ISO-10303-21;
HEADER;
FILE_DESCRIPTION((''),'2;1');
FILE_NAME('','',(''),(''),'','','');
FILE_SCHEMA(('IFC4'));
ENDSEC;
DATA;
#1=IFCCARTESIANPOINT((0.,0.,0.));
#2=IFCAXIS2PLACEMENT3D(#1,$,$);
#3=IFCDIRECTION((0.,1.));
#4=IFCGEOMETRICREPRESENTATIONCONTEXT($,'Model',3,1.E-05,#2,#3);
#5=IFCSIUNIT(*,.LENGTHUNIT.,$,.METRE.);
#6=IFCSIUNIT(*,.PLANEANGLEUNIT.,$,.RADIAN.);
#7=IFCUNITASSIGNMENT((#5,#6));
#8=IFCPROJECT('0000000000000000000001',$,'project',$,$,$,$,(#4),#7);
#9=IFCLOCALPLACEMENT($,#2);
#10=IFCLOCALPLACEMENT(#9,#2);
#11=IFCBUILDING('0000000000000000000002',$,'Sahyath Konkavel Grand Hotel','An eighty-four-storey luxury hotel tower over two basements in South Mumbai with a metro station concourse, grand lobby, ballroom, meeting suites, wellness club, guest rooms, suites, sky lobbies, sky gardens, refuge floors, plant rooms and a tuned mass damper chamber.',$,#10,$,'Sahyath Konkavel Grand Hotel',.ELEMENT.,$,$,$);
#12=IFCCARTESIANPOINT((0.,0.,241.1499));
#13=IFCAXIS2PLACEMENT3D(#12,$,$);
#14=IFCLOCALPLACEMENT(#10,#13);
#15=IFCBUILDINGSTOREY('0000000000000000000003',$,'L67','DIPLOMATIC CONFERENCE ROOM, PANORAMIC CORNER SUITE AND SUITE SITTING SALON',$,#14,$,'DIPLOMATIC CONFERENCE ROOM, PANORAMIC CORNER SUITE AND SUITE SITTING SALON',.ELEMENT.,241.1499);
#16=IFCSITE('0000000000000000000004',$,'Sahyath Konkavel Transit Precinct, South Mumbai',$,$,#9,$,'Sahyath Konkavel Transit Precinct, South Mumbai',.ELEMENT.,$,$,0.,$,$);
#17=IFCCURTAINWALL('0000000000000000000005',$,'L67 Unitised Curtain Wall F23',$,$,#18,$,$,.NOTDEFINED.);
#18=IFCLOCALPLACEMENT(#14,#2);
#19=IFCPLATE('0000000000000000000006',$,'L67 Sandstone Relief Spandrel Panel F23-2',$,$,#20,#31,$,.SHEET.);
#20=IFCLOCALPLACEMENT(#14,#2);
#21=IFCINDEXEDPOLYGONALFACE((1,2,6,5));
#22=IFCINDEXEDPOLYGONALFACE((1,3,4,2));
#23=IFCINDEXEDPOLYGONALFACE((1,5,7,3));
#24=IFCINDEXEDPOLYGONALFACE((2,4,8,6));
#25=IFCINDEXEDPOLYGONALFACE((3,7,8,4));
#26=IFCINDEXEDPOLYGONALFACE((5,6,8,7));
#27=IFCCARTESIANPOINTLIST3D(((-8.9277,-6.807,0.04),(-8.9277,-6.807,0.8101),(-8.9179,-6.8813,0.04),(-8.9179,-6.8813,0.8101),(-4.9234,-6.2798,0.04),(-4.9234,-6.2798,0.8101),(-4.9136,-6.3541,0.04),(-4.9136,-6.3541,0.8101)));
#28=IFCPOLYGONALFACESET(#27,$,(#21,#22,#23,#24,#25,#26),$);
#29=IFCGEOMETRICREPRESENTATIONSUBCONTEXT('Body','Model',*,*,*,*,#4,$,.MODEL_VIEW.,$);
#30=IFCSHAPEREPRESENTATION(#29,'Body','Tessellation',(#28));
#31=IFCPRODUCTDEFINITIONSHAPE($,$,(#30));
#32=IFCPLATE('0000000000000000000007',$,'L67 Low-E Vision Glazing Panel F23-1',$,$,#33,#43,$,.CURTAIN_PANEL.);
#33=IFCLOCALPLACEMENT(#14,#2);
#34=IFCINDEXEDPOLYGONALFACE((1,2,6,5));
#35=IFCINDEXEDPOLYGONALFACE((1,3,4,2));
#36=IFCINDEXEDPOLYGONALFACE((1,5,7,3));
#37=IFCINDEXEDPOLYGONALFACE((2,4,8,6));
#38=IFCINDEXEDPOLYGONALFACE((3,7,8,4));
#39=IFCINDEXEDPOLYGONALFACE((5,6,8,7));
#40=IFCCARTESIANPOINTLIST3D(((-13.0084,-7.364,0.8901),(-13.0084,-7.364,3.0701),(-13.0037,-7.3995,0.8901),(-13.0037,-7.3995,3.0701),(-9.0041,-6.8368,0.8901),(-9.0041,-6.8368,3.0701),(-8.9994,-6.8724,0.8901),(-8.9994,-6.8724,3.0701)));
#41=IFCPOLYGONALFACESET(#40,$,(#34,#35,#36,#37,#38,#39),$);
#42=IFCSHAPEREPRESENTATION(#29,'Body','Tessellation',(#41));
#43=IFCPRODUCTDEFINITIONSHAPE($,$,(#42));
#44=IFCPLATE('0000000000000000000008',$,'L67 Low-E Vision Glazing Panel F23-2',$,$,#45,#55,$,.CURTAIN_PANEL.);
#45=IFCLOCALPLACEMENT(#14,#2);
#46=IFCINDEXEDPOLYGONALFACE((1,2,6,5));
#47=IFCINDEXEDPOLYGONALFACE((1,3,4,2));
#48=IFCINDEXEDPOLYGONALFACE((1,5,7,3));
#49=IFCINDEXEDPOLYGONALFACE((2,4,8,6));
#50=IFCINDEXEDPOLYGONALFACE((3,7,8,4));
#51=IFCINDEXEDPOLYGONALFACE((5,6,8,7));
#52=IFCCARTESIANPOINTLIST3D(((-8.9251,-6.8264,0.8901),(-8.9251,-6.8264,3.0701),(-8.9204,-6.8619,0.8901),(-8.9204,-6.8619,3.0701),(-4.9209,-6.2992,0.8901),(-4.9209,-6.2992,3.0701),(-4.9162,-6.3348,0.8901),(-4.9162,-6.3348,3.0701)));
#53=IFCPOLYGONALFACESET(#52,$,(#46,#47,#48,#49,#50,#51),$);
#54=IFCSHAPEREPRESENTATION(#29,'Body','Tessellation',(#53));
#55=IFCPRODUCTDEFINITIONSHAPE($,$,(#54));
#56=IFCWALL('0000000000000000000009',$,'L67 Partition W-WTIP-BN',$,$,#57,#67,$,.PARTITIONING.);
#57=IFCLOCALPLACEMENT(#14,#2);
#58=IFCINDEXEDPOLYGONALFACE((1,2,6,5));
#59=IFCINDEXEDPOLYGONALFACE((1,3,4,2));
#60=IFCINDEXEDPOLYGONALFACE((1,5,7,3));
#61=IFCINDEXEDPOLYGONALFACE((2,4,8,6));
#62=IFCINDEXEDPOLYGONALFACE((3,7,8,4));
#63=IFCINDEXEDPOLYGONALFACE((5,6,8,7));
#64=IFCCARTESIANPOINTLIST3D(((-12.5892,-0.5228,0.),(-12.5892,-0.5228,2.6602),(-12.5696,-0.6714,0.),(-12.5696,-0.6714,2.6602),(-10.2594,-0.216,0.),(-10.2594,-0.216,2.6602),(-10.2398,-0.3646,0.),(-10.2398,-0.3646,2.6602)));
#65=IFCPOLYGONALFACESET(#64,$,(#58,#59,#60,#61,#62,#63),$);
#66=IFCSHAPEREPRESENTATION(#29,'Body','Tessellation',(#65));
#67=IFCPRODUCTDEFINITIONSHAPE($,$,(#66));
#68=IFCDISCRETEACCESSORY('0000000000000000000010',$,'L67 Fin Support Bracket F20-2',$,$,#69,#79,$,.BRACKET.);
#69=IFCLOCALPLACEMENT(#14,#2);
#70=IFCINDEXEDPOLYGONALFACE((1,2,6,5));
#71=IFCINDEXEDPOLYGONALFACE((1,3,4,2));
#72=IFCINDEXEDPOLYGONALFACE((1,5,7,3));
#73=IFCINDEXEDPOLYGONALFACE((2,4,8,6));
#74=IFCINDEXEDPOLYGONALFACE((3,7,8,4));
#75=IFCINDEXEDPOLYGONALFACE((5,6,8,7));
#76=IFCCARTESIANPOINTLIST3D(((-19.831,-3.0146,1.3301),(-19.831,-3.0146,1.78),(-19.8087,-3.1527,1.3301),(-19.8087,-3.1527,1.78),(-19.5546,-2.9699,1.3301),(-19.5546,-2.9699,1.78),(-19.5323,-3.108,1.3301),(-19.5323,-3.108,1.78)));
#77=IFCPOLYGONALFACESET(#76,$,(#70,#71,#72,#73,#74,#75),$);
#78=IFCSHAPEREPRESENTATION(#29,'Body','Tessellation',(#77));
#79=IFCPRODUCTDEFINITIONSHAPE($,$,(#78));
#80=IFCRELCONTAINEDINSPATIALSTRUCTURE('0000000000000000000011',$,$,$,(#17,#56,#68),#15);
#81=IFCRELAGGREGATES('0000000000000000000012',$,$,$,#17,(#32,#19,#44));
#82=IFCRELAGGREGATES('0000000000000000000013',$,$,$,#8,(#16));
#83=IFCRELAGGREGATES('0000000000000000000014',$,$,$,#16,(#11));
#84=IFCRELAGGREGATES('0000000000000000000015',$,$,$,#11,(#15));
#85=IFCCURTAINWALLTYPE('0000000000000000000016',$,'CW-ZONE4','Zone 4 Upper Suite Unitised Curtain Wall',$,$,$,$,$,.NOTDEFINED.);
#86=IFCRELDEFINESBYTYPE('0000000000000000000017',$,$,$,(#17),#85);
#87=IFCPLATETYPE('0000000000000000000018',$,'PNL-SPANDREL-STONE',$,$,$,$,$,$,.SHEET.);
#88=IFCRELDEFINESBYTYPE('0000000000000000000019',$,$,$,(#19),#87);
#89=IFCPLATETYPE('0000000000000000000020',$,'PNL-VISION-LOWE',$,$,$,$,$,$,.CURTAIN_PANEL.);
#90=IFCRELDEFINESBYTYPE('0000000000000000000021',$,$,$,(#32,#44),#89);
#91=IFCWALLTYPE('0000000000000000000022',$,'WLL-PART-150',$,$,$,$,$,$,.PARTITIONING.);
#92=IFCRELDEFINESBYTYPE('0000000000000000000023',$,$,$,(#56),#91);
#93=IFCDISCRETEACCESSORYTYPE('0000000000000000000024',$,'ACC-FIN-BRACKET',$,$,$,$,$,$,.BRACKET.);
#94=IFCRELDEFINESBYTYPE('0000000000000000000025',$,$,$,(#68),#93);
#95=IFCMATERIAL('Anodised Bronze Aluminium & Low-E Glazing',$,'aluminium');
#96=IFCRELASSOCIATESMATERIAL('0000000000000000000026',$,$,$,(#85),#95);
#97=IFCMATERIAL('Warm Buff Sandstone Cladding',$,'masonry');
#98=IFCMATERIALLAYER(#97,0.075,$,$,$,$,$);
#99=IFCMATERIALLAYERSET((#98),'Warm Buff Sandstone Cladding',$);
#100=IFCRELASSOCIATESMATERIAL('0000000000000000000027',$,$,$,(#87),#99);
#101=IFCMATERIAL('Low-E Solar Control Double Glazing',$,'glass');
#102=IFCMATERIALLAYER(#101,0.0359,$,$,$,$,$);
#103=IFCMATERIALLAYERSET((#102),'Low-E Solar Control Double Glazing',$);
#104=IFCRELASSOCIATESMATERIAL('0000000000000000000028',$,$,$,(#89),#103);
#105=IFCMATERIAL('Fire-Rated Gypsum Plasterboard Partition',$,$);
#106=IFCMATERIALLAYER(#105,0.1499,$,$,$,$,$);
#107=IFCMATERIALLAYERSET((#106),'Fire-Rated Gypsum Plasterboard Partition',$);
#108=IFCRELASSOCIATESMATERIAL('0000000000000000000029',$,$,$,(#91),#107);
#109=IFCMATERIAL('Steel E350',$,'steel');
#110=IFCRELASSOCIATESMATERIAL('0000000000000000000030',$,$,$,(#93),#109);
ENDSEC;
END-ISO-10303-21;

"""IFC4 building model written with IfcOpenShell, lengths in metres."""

from ifc_helpers import new_model, si_unit, direction, frame, frame_2d, origin, origin_2d, place, context, subcontext, project, spatial, rectangle, extrude, source, transform, mapped, material, layer, layer_set, type_object, element, aggregate, save


model = new_model("IFC4")

# Units and contexts
model_context = context("Model", 3, precision=1e-05, world=origin(), true_north=direction((0.0, 1.0)))
body_context = subcontext(model_context, "Body", "Model", "MODEL_VIEW")
ifc_project = project(units=[si_unit("LENGTHUNIT", "METRE"), si_unit("PLANEANGLEUNIT", "RADIAN")], contexts=[model_context])

# Site, building, storey
site_placement = place(None, origin())
site = spatial("IfcSite", under=ifc_project, at=site_placement, Name="Sahyath Konkavel Transit Precinct, South Mumbai", LongName="Sahyath Konkavel Transit Precinct, South Mumbai", CompositionType="ELEMENT", RefElevation=0.0)
building_placement = place(site_placement, origin())
building = spatial("IfcBuilding", under=site, at=building_placement, Name="Sahyath Konkavel Grand Hotel", Description="An eighty-four-storey luxury hotel tower over two basements in South Mumbai with a metro station concourse, grand lobby, ballroom, meeting suites, wellness club, guest rooms, suites, sky lobbies, sky gardens, refuge floors, plant rooms and a tuned mass damper chamber.", LongName="Sahyath Konkavel Grand Hotel", CompositionType="ELEMENT")
storey_placement = place(building_placement, frame((0.0, 0.0, 241.1499)))
storey = spatial("IfcBuildingStorey", under=building, at=storey_placement, Name="L67", Description="DIPLOMATIC CONFERENCE ROOM, PANORAMIC CORNER SUITE AND SUITE SITTING SALON", LongName="DIPLOMATIC CONFERENCE ROOM, PANORAMIC CORNER SUITE AND SUITE SITTING SALON", CompositionType="ELEMENT", Elevation=241.1499)

# Shared definitions
ifc_material_1 = material(Name="Steel E350", Category="steel")

# Shared definitions
ifc_material_2 = material(Name="Anodised Bronze Aluminium & Low-E Glazing", Category="aluminium")
curtain_wall_type = type_object("IfcCurtainWallType", Name="CW-ZONE4", Description="Zone 4 Upper Suite Unitised Curtain Wall", PredefinedType="NOTDEFINED", material=ifc_material_2)

# Curtain wall
curtain_wall_1_placement = place(storey_placement, origin())
curtain_wall_1 = element("IfcCurtainWall", 1, at=curtain_wall_1_placement, inside=storey, type_object=curtain_wall_type, Name="L67 Unitised Curtain Wall F23", PredefinedType="NOTDEFINED")

# Plates
ifc_material_3 = material(Name="Warm Buff Sandstone Cladding", Category="masonry")
ifc_layer_1 = layer(ifc_material_3, 0.075)
ifc_layer_set_1 = layer_set([ifc_layer_1], Name="Warm Buff Sandstone Cladding")
plate_type_1 = type_object("IfcPlateType", Name="PNL-SPANDREL-STONE", PredefinedType="SHEET", material=ifc_layer_set_1)
ifc_material_4 = material(Name="Low-E Solar Control Double Glazing", Category="glass")
ifc_layer_2 = layer(ifc_material_4, 0.0359)
ifc_layer_set_2 = layer_set([ifc_layer_2], Name="Low-E Solar Control Double Glazing")
plate_type_2 = type_object("IfcPlateType", Name="PNL-VISION-LOWE", PredefinedType="CURTAIN_PANEL", material=ifc_layer_set_2)
shared_shape_1 = source(origin(), body_context, "Body", "SweptSolid", [
    extrude(rectangle(XDim=4.0388, YDim=0.075, at=origin_2d()), origin(), (0.0, 0.0, 1.0), 0.77),
])
plate_1_placement = place(storey_placement, frame((-6.9207, -6.5806, 0.04), z_axis=(0.0, 0.0, 1.0), x_axis=(0.991445, 0.130526, 0.0)))
plate_1 = element("IfcPlate", 2, at=plate_1_placement, type_object=plate_type_1, Name="L67 Sandstone Relief Spandrel Panel F23-2", PredefinedType="SHEET", context=body_context, shape_type="MappedRepresentation", body=[
    mapped(shared_shape_1, transform((0.0, 0.0, 0.0), scale=1.0)),
])
shared_shape_2 = source(origin(), body_context, "Body", "SweptSolid", [
    extrude(rectangle(XDim=4.0388, YDim=0.0359, at=origin_2d()), origin(), (0.0, 0.0, 1.0), 2.1799),
])
plate_2_placement = place(storey_placement, frame((-11.0039, -7.1182, 0.8901), z_axis=(0.0, 0.0, 1.0), x_axis=(0.991445, 0.130526, 0.0)))
plate_2 = element("IfcPlate", 3, at=plate_2_placement, type_object=plate_type_2, Name="L67 Low-E Vision Glazing Panel F23-1", PredefinedType="CURTAIN_PANEL", context=body_context, shape_type="MappedRepresentation", body=[
    mapped(shared_shape_2, transform((0.0, 0.0, 0.0), scale=1.0)),
])
plate_3_placement = place(storey_placement, frame((-6.9207, -6.5806, 0.8901), z_axis=(0.0, 0.0, 1.0), x_axis=(0.991445, 0.130526, 0.0)))
plate_3 = element("IfcPlate", 4, at=plate_3_placement, type_object=plate_type_2, Name="L67 Low-E Vision Glazing Panel F23-2", PredefinedType="CURTAIN_PANEL", context=body_context, shape_type="MappedRepresentation", body=[
    mapped(shared_shape_2, transform((0.0, 0.0, 0.0), scale=1.0)),
])
aggregate(curtain_wall_1, [plate_2, plate_1, plate_3])

# Wall
ifc_material_5 = material(Name="Fire-Rated Gypsum Plasterboard Partition")
ifc_layer_3 = layer(ifc_material_5, 0.1499)
ifc_layer_set_3 = layer_set([ifc_layer_3], Name="Fire-Rated Gypsum Plasterboard Partition")
wall_type = type_object("IfcWallType", Name="WLL-PART-150", PredefinedType="PARTITIONING", material=ifc_layer_set_3)
wall_placement = place(storey_placement, frame((-10.2498, -0.2903, 0.0), z_axis=(0.0, 0.0, 1.0), x_axis=(-0.991436, -0.130592, 0.0)))
element("IfcWall", 5, at=wall_placement, inside=storey, type_object=wall_type, Name="L67 Partition W-WTIP-BN", PredefinedType="PARTITIONING", context=body_context, shape_type="SweptSolid", body=[
    extrude(rectangle(XDim=2.3499, YDim=0.1499, at=frame_2d((1.1748, 0.0))), origin(), (0.0, 0.0, 1.0), 2.6602),
])

# Discrete accessory
discrete_accessory_type = type_object("IfcDiscreteAccessoryType", Name="ACC-FIN-BRACKET", PredefinedType="BRACKET", material=ifc_material_1)
shared_shape_3 = source(origin(), body_context, "Body", "SweptSolid", [
    extrude(rectangle(XDim=0.28, YDim=0.1399, at=origin_2d()), origin(), (0.0, 0.0, 1.0), 0.45),
])
discrete_accessory_placement = place(storey_placement, frame((-19.6816, -3.0613, 1.3301), z_axis=(0.0, 0.0, 1.0), x_axis=(-0.9872, -0.159485, 0.0)))
element("IfcDiscreteAccessory", 6, at=discrete_accessory_placement, inside=storey, type_object=discrete_accessory_type, Name="L67 Fin Support Bracket F20-2", PredefinedType="BRACKET", context=body_context, shape_type="MappedRepresentation", body=[
    mapped(shared_shape_3, transform((0.0, 0.0, 0.0), scale=1.0)),
])

save(model, "model.ifc")
